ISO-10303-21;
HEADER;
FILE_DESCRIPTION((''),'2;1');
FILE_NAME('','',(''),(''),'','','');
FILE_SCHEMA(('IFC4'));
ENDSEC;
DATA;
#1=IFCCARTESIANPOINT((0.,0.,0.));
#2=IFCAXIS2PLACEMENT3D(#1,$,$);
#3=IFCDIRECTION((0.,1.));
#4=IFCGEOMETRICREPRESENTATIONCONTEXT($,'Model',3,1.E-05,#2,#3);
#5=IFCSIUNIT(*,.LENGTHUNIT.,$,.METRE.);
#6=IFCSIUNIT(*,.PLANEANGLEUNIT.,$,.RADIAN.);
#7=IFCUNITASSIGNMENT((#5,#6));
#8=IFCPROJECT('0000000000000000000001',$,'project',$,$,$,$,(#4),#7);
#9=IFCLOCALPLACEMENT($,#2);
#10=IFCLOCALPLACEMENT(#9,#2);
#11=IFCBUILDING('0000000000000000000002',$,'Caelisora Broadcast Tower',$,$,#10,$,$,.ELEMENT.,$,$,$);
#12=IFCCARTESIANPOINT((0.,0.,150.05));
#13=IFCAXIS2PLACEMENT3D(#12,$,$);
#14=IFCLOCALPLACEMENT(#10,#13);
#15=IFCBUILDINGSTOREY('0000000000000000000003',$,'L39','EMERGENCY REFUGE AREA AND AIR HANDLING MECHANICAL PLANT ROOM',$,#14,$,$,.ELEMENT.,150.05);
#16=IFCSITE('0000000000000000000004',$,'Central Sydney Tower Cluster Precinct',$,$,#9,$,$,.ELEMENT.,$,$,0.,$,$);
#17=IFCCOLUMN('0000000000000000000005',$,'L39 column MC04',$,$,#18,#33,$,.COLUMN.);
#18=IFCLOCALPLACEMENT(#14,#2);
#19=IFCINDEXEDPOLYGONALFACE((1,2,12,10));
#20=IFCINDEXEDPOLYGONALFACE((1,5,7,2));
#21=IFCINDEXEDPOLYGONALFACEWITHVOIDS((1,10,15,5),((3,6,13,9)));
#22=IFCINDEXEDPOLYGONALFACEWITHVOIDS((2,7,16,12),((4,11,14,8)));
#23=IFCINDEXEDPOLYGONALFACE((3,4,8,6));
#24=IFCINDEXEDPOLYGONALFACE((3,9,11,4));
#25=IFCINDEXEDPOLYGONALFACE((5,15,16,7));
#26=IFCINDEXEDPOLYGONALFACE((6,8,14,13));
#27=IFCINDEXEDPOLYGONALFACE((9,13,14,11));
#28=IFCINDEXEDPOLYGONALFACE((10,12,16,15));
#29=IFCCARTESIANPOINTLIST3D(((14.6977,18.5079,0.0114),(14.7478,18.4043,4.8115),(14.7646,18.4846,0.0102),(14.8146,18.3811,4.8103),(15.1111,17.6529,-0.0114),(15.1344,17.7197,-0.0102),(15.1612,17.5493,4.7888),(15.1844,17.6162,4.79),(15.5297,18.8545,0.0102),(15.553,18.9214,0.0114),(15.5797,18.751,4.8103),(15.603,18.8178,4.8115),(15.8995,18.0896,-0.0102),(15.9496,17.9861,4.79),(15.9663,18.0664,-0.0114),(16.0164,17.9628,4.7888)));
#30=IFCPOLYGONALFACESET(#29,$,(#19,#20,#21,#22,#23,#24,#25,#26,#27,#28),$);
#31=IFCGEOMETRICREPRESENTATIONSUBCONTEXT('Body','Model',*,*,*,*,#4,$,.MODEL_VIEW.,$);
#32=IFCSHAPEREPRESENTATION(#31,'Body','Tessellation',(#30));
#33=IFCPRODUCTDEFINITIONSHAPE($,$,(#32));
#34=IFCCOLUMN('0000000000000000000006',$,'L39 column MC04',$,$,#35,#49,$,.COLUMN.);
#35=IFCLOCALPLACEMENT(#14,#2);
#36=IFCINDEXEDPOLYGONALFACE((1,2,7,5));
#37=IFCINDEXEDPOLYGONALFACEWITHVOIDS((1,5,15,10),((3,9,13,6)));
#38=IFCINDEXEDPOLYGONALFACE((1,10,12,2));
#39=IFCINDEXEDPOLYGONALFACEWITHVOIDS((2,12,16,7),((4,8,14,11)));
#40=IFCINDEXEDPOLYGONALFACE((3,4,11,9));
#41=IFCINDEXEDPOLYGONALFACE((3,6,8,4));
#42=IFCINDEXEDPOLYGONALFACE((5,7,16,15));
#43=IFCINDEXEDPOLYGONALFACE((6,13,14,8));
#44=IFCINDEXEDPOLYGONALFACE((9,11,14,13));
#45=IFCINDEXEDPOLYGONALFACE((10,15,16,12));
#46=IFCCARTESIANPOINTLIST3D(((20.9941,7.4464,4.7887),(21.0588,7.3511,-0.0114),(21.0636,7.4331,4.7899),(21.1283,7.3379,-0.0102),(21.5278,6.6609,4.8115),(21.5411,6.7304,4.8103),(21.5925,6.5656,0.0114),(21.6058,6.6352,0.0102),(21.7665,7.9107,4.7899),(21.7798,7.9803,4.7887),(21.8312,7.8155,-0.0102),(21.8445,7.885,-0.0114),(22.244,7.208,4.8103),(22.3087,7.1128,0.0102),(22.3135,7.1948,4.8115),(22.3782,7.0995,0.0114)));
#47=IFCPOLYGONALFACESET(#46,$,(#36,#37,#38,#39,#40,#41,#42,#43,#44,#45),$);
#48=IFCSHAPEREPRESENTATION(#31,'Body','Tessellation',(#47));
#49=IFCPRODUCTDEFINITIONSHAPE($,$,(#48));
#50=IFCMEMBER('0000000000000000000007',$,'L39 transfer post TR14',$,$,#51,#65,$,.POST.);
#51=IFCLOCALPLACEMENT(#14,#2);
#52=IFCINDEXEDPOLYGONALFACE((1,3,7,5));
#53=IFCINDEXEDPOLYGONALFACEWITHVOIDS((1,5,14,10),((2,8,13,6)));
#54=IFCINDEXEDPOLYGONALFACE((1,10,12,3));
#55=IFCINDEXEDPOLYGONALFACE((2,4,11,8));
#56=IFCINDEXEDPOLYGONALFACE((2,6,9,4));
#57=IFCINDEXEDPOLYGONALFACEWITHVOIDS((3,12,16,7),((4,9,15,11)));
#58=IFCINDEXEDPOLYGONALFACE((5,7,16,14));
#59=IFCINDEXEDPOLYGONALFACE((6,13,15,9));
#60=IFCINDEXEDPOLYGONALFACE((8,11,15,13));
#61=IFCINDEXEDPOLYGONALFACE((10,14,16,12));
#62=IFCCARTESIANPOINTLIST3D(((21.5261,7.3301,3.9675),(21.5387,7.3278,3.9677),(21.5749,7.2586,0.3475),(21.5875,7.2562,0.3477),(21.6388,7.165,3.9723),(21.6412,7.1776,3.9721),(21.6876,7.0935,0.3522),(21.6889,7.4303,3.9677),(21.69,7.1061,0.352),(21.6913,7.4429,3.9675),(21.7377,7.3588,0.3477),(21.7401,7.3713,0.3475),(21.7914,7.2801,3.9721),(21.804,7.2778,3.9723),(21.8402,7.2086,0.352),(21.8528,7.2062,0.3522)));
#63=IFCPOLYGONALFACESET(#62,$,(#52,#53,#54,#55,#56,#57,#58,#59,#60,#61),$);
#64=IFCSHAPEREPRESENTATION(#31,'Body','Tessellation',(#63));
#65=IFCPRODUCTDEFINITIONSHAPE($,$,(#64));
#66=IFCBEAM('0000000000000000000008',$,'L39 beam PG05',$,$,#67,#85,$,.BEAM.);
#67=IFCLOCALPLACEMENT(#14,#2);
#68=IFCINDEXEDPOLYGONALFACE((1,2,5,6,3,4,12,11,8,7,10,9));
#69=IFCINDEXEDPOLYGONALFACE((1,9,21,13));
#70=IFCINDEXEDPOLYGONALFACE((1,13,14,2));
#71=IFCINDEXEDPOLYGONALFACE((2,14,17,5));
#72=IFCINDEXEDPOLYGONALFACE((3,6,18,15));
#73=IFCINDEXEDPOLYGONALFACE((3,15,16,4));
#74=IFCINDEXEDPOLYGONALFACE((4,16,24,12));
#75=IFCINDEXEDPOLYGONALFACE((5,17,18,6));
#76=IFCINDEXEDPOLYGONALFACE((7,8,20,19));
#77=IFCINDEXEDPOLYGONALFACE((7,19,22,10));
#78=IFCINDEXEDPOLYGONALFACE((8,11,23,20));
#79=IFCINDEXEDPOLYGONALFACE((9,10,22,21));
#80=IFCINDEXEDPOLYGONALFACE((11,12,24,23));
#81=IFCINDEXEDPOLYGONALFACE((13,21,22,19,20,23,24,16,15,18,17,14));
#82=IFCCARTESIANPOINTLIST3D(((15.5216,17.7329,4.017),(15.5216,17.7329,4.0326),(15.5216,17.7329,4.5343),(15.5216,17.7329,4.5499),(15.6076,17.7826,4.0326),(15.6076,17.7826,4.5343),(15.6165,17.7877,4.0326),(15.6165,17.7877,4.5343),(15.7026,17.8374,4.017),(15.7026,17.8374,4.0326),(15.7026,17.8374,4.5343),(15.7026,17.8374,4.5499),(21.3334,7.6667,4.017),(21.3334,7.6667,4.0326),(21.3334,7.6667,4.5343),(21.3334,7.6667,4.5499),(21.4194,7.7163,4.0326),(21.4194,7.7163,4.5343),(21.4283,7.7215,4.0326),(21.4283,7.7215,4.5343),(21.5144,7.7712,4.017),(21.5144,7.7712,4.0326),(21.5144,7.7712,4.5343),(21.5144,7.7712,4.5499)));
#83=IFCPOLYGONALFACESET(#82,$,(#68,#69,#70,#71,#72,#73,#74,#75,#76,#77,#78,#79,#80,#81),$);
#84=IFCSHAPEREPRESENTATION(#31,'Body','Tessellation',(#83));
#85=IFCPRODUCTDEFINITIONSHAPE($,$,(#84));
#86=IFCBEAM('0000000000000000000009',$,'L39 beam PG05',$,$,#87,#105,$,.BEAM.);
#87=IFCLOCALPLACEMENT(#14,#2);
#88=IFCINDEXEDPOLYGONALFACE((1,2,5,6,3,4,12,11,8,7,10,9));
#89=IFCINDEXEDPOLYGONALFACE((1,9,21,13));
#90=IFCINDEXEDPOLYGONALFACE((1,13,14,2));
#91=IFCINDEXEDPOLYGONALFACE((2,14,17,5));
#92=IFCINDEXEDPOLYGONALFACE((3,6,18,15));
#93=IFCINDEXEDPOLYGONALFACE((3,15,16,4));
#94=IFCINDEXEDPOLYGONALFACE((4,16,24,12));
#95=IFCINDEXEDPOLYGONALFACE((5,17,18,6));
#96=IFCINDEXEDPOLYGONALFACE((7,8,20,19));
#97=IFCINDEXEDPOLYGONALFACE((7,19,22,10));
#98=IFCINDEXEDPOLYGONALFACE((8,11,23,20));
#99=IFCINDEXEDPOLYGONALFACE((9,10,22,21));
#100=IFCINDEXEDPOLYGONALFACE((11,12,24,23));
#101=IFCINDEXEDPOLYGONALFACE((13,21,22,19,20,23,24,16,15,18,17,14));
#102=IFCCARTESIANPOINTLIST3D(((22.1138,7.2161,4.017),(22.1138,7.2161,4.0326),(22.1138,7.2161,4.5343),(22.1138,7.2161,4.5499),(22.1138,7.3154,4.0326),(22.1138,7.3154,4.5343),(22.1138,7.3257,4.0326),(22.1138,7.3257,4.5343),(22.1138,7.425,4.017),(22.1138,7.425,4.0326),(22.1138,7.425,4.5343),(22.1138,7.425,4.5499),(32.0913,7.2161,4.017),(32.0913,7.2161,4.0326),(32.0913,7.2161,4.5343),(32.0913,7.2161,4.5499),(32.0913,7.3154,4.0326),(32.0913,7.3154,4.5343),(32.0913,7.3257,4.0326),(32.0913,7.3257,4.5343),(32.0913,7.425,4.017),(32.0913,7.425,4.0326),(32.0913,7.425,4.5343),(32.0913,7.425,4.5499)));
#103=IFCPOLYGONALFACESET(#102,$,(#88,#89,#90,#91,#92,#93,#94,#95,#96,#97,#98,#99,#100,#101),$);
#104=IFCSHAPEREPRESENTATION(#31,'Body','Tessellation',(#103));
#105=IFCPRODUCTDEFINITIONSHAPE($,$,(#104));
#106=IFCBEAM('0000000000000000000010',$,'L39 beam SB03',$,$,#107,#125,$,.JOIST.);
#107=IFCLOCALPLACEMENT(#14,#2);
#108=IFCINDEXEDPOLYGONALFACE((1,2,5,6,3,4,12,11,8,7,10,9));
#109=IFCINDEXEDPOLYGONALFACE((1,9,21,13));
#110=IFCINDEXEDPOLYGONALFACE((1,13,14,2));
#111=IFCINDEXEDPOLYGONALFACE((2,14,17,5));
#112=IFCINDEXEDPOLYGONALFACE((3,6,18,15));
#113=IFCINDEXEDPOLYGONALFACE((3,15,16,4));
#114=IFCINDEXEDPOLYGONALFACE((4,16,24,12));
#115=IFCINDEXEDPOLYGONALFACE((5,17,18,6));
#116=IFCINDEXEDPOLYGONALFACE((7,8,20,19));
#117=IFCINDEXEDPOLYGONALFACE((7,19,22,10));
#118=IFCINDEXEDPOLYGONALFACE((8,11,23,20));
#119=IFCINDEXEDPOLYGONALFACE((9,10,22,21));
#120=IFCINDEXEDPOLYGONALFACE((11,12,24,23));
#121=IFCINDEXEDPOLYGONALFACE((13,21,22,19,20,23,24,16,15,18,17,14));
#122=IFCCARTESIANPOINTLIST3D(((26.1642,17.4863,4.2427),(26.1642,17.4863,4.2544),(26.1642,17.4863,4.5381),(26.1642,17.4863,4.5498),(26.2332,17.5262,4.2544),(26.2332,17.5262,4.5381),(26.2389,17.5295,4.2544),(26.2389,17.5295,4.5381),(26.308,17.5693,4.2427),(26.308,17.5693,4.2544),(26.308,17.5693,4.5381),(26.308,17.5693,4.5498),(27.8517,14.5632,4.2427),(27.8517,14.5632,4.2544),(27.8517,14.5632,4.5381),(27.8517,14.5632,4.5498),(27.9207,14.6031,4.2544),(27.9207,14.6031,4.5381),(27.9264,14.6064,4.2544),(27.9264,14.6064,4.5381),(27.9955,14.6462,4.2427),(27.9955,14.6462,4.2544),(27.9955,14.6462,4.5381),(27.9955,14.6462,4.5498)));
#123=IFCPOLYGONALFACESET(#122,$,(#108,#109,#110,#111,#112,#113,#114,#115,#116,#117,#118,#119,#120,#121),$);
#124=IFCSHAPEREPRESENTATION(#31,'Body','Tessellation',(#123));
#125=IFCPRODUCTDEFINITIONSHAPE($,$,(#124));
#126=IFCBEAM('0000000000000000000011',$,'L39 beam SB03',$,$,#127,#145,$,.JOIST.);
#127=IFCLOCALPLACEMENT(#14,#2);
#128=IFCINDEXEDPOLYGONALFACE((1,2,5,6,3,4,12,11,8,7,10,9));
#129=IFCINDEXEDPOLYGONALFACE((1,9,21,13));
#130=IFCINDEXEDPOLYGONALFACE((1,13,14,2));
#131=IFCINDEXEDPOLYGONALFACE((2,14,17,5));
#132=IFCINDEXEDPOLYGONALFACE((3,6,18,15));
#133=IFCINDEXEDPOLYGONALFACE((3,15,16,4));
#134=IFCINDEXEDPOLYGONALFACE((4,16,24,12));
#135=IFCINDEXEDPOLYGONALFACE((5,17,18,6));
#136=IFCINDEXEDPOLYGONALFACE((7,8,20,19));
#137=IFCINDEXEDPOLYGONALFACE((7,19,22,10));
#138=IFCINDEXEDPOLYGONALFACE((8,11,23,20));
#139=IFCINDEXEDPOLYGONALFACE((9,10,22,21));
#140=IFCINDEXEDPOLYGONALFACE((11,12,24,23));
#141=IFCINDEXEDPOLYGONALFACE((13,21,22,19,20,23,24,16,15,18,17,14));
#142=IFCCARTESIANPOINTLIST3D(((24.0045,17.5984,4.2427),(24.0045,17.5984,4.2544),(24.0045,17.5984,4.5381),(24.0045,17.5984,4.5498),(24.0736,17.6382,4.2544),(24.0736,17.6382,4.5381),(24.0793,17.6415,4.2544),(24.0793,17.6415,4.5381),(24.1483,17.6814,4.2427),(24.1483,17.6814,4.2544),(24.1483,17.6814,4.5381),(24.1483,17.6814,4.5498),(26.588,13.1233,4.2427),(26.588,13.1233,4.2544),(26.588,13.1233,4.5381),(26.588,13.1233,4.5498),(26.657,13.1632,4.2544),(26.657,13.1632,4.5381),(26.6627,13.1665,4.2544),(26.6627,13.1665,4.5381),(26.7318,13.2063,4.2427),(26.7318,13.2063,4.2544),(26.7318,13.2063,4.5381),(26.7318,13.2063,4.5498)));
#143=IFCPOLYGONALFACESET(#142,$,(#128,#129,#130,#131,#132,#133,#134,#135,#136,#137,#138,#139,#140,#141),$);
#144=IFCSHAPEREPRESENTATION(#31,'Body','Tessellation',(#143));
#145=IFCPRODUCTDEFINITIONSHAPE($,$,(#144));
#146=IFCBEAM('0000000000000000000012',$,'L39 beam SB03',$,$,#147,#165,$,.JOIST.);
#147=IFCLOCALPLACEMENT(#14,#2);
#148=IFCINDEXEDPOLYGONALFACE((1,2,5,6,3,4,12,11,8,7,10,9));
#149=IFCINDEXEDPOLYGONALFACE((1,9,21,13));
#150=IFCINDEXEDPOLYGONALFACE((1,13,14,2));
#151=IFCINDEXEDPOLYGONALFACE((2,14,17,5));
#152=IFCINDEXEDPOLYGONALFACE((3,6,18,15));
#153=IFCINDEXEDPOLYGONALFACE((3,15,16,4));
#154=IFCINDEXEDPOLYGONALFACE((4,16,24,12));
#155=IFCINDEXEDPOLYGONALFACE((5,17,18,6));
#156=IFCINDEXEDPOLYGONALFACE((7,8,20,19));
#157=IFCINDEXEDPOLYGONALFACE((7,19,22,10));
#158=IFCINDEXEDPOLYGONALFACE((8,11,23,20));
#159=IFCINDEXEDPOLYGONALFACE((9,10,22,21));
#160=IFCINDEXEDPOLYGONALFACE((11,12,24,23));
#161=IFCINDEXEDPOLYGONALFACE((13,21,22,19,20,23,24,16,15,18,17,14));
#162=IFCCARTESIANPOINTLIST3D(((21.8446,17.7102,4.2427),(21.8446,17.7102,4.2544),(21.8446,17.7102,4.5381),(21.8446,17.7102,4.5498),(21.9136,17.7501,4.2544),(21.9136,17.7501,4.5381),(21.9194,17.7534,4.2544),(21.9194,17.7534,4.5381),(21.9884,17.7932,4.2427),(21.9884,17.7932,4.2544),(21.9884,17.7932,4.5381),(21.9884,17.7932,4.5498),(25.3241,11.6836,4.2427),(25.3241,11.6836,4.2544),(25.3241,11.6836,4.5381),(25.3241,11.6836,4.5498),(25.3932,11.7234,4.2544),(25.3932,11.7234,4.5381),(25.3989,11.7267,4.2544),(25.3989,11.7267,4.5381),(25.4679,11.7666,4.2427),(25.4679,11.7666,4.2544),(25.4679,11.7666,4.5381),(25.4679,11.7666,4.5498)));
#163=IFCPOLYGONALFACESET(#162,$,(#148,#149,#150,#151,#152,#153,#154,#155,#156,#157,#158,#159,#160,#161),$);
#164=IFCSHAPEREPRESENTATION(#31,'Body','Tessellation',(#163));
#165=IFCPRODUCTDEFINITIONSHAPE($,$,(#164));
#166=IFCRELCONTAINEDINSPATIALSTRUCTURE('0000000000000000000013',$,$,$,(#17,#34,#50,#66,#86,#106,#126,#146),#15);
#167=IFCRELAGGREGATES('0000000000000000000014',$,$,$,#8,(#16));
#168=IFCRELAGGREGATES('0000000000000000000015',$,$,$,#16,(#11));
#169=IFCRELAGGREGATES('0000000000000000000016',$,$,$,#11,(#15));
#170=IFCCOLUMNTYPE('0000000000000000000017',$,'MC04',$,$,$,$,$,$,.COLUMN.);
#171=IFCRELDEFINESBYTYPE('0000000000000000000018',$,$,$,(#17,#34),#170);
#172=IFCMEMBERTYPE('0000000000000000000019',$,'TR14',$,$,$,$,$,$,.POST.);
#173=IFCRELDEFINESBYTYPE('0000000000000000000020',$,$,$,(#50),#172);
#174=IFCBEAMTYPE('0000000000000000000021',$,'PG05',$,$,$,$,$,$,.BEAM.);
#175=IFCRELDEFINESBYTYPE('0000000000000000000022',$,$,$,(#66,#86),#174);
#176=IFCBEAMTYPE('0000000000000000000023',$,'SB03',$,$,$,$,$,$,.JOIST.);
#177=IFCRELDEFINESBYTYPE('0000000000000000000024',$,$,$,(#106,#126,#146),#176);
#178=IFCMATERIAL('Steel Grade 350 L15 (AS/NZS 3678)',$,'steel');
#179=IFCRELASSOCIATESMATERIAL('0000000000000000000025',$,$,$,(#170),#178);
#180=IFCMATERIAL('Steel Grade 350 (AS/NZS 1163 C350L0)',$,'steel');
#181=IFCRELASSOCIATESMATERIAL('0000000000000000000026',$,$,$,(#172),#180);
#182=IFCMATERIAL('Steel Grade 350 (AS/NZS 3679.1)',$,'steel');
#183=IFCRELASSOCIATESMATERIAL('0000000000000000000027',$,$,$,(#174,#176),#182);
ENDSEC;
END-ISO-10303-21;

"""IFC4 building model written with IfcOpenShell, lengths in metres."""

from ifc_helpers import new_model, si_unit, direction, frame, origin, origin_2d, place, context, subcontext, project, spatial, hollow_rectangle, i_section, extrude, source, transform, mapped, material, material_profile, profile_set, type_object, type_shapes, element, save


model = new_model("IFC4")

# Units and contexts
model_context = context("Model", 3, precision=1e-05, world=origin(), true_north=direction((0.0, 1.0)))
body_context = subcontext(model_context, "Body", "Model", "MODEL_VIEW")
ifc_project = project(units=[si_unit("LENGTHUNIT", "METRE"), si_unit("PLANEANGLEUNIT", "RADIAN")], contexts=[model_context])

# Site, building, storey
site_placement = place(None, origin())
site = spatial("IfcSite", under=ifc_project, at=site_placement, Name="Central Sydney Tower Cluster Precinct", CompositionType="ELEMENT", RefElevation=0.0)
building_placement = place(site_placement, origin())
building = spatial("IfcBuilding", under=site, at=building_placement, Name="Caelisora Broadcast Tower", CompositionType="ELEMENT")
storey_placement = place(building_placement, frame((0.0, 0.0, 150.05)))
storey = spatial("IfcBuildingStorey", under=building, at=storey_placement, Name="L39", Description="EMERGENCY REFUGE AREA AND AIR HANDLING MECHANICAL PLANT ROOM", CompositionType="ELEMENT", Elevation=150.05)

# Columns
ifc_material_1 = material(Name="Steel Grade 350 L15 (AS/NZS 3678)", Category="steel")
ifc_material_profile_1 = material_profile(ifc_material_1, hollow_rectangle(XDim=0.95, YDim=0.95, WallThickness=0.05, at=origin_2d()), Name="Steel Grade 350 L15 (AS/NZS 3678)")
ifc_profile_set_1 = profile_set([ifc_material_profile_1], Name="Steel Grade 350 L15 (AS/NZS 3678)")
column_type = type_object("IfcColumnType", Name="MC04", PredefinedType="COLUMN", material=ifc_profile_set_1)
shared_shape_1 = source(origin(), body_context, "Body", "SweptSolid", [
    extrude(hollow_rectangle(XDim=0.95, YDim=0.95, WallThickness=0.05, at=origin_2d()), origin(), (0.0, 0.0, 1.0), 4.8015),
])
type_shapes(column_type, [shared_shape_1])
for number, where, z_axis, x_axis, name in (
    (1, (15.332, 18.2871, 0.0), (0.010424, -0.021559, 0.999713), (0.900293, 0.435283, 0.0), "L39 column MC04"),
    (2, (21.7185, 7.2253, 0.0), (-0.013475, 0.019831, 0.999713), (-0.827124, -0.56202, 0.0), "L39 column MC04"),
):
    element("IfcColumn", number, at=place(storey_placement, frame(where, z_axis=z_axis, x_axis=x_axis)), inside=storey, type_object=column_type, Name=name, PredefinedType="COLUMN", context=body_context, shape_type="MappedRepresentation", body=[
        mapped(shared_shape_1, transform((0.0, 0.0, 0.0), scale=1.0)),
    ])

# Member
ifc_material_2 = material(Name="Steel Grade 350 (AS/NZS 1163 C350L0)", Category="steel")
ifc_material_profile_2 = material_profile(ifc_material_2, hollow_rectangle(XDim=0.2, YDim=0.2, WallThickness=0.009, at=origin_2d()), Name="Steel Grade 350 (AS/NZS 1163 C350L0)")
ifc_profile_set_2 = profile_set([ifc_material_profile_2], Name="Steel Grade 350 (AS/NZS 1163 C350L0)")
member_type_1 = type_object("IfcMemberType", Name="TR14", PredefinedType="POST", material=ifc_profile_set_2)
shared_shape_2 = source(origin(), body_context, "Body", "SweptSolid", [
    extrude(hollow_rectangle(XDim=0.2, YDim=0.2, WallThickness=0.009, at=origin_2d()), origin(), (0.0, 0.0, 1.0), 3.6211),
])
type_shapes(member_type_1, [shared_shape_2])
member_1_placement = place(storey_placement, frame((21.7139, 7.2324, 0.3499), z_axis=(-0.013484, 0.019754, 0.999714), x_axis=(-0.825929, -0.563774, 0.0)))
element("IfcMember", 3, at=member_1_placement, inside=storey, type_object=member_type_1, Name="L39 transfer post TR14", PredefinedType="POST", context=body_context, shape_type="MappedRepresentation", body=[
    mapped(shared_shape_2, transform((0.0, 0.0, 0.0), scale=1.0)),
])

# Beams
ifc_material_3 = material(Name="Steel Grade 350 (AS/NZS 3679.1)", Category="steel")
ifc_material_profile_3 = material_profile(ifc_material_3, i_section(OverallWidth=0.209, OverallDepth=0.533, WebThickness=0.0103, FlangeThickness=0.0156, at=origin_2d()), Name="Steel Grade 350 (AS/NZS 3679.1)")
ifc_profile_set_3 = profile_set([ifc_material_profile_3], Name="Steel Grade 350 (AS/NZS 3679.1)")
beam_type_1 = type_object("IfcBeamType", Name="PG05", PredefinedType="BEAM", material=ifc_profile_set_3)
shared_shape_3 = source(origin(), body_context, "Body", "SweptSolid", [
    extrude(i_section(OverallWidth=0.209, OverallDepth=0.533, WebThickness=0.0103, FlangeThickness=0.0156, at=origin_2d()), origin(), (0.0, 0.0, 1.0), 11.6235),
])
beam_1_placement = place(storey_placement, frame((15.6121, 17.7852, 4.2834), z_axis=(0.500004, -0.866023, 0.0), x_axis=(0.866023, 0.500004, 0.0)))
element("IfcBeam", 4, at=beam_1_placement, inside=storey, type_object=beam_type_1, Name="L39 beam PG05", PredefinedType="BEAM", context=body_context, shape_type="MappedRepresentation", body=[
    mapped(shared_shape_3, transform((0.0, 0.0, 0.0), scale=1.0)),
])
shared_shape_4 = source(origin(), body_context, "Body", "SweptSolid", [
    extrude(i_section(OverallWidth=0.209, OverallDepth=0.533, WebThickness=0.0103, FlangeThickness=0.0156, at=origin_2d()), origin(), (0.0, 0.0, 1.0), 9.9775),
])
type_shapes(beam_type_1, [shared_shape_3, shared_shape_4])
beam_2_placement = place(storey_placement, frame((22.1138, 7.3206, 4.2834), z_axis=(1.0, 0.0, 0.0), x_axis=(0.0, 1.0, 0.0)))
element("IfcBeam", 5, at=beam_2_placement, inside=storey, type_object=beam_type_1, Name="L39 beam PG05", PredefinedType="BEAM", context=body_context, shape_type="MappedRepresentation", body=[
    mapped(shared_shape_4, transform((0.0, 0.0, 0.0), scale=1.0)),
])
ifc_material_profile_4 = material_profile(ifc_material_3, i_section(OverallWidth=0.166, OverallDepth=0.3071, WebThickness=0.0066, FlangeThickness=0.0117, at=origin_2d()), Name="Steel Grade 350 (AS/NZS 3679.1)")
ifc_profile_set_4 = profile_set([ifc_material_profile_4], Name="Steel Grade 350 (AS/NZS 3679.1)")
beam_type_2 = type_object("IfcBeamType", Name="SB03", PredefinedType="JOIST", material=ifc_profile_set_4)
shared_shape_5 = source(origin(), body_context, "Body", "SweptSolid", [
    extrude(i_section(OverallWidth=0.166, OverallDepth=0.3071, WebThickness=0.0066, FlangeThickness=0.0117, at=origin_2d()), origin(), (0.0, 0.0, 1.0), 3.3752),
])
beam_3_placement = place(storey_placement, frame((26.2361, 17.5278, 4.3962), z_axis=(0.499967, -0.866045, 0.0), x_axis=(0.866045, 0.499967, 0.0)))
element("IfcBeam", 6, at=beam_3_placement, inside=storey, type_object=beam_type_2, Name="L39 beam SB03", PredefinedType="JOIST", context=body_context, shape_type="MappedRepresentation", body=[
    mapped(shared_shape_5, transform((0.0, 0.0, 0.0), scale=1.0)),
])
shared_shape_6 = source(origin(), body_context, "Body", "SweptSolid", [
    extrude(i_section(OverallWidth=0.166, OverallDepth=0.3071, WebThickness=0.0066, FlangeThickness=0.0117, at=origin_2d()), origin(), (0.0, 0.0, 1.0), 5.1672),
])
beam_4_placement = place(storey_placement, frame((24.0764, 17.6399, 4.3962), z_axis=(0.499971, -0.866042, 0.0), x_axis=(0.866042, 0.499971, 0.0)))
element("IfcBeam", 7, at=beam_4_placement, inside=storey, type_object=beam_type_2, Name="L39 beam SB03", PredefinedType="JOIST", context=body_context, shape_type="MappedRepresentation", body=[
    mapped(shared_shape_6, transform((0.0, 0.0, 0.0), scale=1.0)),
])
shared_shape_7 = source(origin(), body_context, "Body", "SweptSolid", [
    extrude(i_section(OverallWidth=0.166, OverallDepth=0.3071, WebThickness=0.0066, FlangeThickness=0.0117, at=origin_2d()), origin(), (0.0, 0.0, 1.0), 6.959),
])
beam_5_placement = place(storey_placement, frame((21.9165, 17.7517, 4.3962), z_axis=(0.500003, -0.866024, 0.0), x_axis=(0.866024, 0.500003, 0.0)))
element("IfcBeam", 8, at=beam_5_placement, inside=storey, type_object=beam_type_2, Name="L39 beam SB03", PredefinedType="JOIST", context=body_context, shape_type="MappedRepresentation", body=[
    mapped(shared_shape_7, transform((0.0, 0.0, 0.0), scale=1.0)),
])

save(model, "model.ifc")
